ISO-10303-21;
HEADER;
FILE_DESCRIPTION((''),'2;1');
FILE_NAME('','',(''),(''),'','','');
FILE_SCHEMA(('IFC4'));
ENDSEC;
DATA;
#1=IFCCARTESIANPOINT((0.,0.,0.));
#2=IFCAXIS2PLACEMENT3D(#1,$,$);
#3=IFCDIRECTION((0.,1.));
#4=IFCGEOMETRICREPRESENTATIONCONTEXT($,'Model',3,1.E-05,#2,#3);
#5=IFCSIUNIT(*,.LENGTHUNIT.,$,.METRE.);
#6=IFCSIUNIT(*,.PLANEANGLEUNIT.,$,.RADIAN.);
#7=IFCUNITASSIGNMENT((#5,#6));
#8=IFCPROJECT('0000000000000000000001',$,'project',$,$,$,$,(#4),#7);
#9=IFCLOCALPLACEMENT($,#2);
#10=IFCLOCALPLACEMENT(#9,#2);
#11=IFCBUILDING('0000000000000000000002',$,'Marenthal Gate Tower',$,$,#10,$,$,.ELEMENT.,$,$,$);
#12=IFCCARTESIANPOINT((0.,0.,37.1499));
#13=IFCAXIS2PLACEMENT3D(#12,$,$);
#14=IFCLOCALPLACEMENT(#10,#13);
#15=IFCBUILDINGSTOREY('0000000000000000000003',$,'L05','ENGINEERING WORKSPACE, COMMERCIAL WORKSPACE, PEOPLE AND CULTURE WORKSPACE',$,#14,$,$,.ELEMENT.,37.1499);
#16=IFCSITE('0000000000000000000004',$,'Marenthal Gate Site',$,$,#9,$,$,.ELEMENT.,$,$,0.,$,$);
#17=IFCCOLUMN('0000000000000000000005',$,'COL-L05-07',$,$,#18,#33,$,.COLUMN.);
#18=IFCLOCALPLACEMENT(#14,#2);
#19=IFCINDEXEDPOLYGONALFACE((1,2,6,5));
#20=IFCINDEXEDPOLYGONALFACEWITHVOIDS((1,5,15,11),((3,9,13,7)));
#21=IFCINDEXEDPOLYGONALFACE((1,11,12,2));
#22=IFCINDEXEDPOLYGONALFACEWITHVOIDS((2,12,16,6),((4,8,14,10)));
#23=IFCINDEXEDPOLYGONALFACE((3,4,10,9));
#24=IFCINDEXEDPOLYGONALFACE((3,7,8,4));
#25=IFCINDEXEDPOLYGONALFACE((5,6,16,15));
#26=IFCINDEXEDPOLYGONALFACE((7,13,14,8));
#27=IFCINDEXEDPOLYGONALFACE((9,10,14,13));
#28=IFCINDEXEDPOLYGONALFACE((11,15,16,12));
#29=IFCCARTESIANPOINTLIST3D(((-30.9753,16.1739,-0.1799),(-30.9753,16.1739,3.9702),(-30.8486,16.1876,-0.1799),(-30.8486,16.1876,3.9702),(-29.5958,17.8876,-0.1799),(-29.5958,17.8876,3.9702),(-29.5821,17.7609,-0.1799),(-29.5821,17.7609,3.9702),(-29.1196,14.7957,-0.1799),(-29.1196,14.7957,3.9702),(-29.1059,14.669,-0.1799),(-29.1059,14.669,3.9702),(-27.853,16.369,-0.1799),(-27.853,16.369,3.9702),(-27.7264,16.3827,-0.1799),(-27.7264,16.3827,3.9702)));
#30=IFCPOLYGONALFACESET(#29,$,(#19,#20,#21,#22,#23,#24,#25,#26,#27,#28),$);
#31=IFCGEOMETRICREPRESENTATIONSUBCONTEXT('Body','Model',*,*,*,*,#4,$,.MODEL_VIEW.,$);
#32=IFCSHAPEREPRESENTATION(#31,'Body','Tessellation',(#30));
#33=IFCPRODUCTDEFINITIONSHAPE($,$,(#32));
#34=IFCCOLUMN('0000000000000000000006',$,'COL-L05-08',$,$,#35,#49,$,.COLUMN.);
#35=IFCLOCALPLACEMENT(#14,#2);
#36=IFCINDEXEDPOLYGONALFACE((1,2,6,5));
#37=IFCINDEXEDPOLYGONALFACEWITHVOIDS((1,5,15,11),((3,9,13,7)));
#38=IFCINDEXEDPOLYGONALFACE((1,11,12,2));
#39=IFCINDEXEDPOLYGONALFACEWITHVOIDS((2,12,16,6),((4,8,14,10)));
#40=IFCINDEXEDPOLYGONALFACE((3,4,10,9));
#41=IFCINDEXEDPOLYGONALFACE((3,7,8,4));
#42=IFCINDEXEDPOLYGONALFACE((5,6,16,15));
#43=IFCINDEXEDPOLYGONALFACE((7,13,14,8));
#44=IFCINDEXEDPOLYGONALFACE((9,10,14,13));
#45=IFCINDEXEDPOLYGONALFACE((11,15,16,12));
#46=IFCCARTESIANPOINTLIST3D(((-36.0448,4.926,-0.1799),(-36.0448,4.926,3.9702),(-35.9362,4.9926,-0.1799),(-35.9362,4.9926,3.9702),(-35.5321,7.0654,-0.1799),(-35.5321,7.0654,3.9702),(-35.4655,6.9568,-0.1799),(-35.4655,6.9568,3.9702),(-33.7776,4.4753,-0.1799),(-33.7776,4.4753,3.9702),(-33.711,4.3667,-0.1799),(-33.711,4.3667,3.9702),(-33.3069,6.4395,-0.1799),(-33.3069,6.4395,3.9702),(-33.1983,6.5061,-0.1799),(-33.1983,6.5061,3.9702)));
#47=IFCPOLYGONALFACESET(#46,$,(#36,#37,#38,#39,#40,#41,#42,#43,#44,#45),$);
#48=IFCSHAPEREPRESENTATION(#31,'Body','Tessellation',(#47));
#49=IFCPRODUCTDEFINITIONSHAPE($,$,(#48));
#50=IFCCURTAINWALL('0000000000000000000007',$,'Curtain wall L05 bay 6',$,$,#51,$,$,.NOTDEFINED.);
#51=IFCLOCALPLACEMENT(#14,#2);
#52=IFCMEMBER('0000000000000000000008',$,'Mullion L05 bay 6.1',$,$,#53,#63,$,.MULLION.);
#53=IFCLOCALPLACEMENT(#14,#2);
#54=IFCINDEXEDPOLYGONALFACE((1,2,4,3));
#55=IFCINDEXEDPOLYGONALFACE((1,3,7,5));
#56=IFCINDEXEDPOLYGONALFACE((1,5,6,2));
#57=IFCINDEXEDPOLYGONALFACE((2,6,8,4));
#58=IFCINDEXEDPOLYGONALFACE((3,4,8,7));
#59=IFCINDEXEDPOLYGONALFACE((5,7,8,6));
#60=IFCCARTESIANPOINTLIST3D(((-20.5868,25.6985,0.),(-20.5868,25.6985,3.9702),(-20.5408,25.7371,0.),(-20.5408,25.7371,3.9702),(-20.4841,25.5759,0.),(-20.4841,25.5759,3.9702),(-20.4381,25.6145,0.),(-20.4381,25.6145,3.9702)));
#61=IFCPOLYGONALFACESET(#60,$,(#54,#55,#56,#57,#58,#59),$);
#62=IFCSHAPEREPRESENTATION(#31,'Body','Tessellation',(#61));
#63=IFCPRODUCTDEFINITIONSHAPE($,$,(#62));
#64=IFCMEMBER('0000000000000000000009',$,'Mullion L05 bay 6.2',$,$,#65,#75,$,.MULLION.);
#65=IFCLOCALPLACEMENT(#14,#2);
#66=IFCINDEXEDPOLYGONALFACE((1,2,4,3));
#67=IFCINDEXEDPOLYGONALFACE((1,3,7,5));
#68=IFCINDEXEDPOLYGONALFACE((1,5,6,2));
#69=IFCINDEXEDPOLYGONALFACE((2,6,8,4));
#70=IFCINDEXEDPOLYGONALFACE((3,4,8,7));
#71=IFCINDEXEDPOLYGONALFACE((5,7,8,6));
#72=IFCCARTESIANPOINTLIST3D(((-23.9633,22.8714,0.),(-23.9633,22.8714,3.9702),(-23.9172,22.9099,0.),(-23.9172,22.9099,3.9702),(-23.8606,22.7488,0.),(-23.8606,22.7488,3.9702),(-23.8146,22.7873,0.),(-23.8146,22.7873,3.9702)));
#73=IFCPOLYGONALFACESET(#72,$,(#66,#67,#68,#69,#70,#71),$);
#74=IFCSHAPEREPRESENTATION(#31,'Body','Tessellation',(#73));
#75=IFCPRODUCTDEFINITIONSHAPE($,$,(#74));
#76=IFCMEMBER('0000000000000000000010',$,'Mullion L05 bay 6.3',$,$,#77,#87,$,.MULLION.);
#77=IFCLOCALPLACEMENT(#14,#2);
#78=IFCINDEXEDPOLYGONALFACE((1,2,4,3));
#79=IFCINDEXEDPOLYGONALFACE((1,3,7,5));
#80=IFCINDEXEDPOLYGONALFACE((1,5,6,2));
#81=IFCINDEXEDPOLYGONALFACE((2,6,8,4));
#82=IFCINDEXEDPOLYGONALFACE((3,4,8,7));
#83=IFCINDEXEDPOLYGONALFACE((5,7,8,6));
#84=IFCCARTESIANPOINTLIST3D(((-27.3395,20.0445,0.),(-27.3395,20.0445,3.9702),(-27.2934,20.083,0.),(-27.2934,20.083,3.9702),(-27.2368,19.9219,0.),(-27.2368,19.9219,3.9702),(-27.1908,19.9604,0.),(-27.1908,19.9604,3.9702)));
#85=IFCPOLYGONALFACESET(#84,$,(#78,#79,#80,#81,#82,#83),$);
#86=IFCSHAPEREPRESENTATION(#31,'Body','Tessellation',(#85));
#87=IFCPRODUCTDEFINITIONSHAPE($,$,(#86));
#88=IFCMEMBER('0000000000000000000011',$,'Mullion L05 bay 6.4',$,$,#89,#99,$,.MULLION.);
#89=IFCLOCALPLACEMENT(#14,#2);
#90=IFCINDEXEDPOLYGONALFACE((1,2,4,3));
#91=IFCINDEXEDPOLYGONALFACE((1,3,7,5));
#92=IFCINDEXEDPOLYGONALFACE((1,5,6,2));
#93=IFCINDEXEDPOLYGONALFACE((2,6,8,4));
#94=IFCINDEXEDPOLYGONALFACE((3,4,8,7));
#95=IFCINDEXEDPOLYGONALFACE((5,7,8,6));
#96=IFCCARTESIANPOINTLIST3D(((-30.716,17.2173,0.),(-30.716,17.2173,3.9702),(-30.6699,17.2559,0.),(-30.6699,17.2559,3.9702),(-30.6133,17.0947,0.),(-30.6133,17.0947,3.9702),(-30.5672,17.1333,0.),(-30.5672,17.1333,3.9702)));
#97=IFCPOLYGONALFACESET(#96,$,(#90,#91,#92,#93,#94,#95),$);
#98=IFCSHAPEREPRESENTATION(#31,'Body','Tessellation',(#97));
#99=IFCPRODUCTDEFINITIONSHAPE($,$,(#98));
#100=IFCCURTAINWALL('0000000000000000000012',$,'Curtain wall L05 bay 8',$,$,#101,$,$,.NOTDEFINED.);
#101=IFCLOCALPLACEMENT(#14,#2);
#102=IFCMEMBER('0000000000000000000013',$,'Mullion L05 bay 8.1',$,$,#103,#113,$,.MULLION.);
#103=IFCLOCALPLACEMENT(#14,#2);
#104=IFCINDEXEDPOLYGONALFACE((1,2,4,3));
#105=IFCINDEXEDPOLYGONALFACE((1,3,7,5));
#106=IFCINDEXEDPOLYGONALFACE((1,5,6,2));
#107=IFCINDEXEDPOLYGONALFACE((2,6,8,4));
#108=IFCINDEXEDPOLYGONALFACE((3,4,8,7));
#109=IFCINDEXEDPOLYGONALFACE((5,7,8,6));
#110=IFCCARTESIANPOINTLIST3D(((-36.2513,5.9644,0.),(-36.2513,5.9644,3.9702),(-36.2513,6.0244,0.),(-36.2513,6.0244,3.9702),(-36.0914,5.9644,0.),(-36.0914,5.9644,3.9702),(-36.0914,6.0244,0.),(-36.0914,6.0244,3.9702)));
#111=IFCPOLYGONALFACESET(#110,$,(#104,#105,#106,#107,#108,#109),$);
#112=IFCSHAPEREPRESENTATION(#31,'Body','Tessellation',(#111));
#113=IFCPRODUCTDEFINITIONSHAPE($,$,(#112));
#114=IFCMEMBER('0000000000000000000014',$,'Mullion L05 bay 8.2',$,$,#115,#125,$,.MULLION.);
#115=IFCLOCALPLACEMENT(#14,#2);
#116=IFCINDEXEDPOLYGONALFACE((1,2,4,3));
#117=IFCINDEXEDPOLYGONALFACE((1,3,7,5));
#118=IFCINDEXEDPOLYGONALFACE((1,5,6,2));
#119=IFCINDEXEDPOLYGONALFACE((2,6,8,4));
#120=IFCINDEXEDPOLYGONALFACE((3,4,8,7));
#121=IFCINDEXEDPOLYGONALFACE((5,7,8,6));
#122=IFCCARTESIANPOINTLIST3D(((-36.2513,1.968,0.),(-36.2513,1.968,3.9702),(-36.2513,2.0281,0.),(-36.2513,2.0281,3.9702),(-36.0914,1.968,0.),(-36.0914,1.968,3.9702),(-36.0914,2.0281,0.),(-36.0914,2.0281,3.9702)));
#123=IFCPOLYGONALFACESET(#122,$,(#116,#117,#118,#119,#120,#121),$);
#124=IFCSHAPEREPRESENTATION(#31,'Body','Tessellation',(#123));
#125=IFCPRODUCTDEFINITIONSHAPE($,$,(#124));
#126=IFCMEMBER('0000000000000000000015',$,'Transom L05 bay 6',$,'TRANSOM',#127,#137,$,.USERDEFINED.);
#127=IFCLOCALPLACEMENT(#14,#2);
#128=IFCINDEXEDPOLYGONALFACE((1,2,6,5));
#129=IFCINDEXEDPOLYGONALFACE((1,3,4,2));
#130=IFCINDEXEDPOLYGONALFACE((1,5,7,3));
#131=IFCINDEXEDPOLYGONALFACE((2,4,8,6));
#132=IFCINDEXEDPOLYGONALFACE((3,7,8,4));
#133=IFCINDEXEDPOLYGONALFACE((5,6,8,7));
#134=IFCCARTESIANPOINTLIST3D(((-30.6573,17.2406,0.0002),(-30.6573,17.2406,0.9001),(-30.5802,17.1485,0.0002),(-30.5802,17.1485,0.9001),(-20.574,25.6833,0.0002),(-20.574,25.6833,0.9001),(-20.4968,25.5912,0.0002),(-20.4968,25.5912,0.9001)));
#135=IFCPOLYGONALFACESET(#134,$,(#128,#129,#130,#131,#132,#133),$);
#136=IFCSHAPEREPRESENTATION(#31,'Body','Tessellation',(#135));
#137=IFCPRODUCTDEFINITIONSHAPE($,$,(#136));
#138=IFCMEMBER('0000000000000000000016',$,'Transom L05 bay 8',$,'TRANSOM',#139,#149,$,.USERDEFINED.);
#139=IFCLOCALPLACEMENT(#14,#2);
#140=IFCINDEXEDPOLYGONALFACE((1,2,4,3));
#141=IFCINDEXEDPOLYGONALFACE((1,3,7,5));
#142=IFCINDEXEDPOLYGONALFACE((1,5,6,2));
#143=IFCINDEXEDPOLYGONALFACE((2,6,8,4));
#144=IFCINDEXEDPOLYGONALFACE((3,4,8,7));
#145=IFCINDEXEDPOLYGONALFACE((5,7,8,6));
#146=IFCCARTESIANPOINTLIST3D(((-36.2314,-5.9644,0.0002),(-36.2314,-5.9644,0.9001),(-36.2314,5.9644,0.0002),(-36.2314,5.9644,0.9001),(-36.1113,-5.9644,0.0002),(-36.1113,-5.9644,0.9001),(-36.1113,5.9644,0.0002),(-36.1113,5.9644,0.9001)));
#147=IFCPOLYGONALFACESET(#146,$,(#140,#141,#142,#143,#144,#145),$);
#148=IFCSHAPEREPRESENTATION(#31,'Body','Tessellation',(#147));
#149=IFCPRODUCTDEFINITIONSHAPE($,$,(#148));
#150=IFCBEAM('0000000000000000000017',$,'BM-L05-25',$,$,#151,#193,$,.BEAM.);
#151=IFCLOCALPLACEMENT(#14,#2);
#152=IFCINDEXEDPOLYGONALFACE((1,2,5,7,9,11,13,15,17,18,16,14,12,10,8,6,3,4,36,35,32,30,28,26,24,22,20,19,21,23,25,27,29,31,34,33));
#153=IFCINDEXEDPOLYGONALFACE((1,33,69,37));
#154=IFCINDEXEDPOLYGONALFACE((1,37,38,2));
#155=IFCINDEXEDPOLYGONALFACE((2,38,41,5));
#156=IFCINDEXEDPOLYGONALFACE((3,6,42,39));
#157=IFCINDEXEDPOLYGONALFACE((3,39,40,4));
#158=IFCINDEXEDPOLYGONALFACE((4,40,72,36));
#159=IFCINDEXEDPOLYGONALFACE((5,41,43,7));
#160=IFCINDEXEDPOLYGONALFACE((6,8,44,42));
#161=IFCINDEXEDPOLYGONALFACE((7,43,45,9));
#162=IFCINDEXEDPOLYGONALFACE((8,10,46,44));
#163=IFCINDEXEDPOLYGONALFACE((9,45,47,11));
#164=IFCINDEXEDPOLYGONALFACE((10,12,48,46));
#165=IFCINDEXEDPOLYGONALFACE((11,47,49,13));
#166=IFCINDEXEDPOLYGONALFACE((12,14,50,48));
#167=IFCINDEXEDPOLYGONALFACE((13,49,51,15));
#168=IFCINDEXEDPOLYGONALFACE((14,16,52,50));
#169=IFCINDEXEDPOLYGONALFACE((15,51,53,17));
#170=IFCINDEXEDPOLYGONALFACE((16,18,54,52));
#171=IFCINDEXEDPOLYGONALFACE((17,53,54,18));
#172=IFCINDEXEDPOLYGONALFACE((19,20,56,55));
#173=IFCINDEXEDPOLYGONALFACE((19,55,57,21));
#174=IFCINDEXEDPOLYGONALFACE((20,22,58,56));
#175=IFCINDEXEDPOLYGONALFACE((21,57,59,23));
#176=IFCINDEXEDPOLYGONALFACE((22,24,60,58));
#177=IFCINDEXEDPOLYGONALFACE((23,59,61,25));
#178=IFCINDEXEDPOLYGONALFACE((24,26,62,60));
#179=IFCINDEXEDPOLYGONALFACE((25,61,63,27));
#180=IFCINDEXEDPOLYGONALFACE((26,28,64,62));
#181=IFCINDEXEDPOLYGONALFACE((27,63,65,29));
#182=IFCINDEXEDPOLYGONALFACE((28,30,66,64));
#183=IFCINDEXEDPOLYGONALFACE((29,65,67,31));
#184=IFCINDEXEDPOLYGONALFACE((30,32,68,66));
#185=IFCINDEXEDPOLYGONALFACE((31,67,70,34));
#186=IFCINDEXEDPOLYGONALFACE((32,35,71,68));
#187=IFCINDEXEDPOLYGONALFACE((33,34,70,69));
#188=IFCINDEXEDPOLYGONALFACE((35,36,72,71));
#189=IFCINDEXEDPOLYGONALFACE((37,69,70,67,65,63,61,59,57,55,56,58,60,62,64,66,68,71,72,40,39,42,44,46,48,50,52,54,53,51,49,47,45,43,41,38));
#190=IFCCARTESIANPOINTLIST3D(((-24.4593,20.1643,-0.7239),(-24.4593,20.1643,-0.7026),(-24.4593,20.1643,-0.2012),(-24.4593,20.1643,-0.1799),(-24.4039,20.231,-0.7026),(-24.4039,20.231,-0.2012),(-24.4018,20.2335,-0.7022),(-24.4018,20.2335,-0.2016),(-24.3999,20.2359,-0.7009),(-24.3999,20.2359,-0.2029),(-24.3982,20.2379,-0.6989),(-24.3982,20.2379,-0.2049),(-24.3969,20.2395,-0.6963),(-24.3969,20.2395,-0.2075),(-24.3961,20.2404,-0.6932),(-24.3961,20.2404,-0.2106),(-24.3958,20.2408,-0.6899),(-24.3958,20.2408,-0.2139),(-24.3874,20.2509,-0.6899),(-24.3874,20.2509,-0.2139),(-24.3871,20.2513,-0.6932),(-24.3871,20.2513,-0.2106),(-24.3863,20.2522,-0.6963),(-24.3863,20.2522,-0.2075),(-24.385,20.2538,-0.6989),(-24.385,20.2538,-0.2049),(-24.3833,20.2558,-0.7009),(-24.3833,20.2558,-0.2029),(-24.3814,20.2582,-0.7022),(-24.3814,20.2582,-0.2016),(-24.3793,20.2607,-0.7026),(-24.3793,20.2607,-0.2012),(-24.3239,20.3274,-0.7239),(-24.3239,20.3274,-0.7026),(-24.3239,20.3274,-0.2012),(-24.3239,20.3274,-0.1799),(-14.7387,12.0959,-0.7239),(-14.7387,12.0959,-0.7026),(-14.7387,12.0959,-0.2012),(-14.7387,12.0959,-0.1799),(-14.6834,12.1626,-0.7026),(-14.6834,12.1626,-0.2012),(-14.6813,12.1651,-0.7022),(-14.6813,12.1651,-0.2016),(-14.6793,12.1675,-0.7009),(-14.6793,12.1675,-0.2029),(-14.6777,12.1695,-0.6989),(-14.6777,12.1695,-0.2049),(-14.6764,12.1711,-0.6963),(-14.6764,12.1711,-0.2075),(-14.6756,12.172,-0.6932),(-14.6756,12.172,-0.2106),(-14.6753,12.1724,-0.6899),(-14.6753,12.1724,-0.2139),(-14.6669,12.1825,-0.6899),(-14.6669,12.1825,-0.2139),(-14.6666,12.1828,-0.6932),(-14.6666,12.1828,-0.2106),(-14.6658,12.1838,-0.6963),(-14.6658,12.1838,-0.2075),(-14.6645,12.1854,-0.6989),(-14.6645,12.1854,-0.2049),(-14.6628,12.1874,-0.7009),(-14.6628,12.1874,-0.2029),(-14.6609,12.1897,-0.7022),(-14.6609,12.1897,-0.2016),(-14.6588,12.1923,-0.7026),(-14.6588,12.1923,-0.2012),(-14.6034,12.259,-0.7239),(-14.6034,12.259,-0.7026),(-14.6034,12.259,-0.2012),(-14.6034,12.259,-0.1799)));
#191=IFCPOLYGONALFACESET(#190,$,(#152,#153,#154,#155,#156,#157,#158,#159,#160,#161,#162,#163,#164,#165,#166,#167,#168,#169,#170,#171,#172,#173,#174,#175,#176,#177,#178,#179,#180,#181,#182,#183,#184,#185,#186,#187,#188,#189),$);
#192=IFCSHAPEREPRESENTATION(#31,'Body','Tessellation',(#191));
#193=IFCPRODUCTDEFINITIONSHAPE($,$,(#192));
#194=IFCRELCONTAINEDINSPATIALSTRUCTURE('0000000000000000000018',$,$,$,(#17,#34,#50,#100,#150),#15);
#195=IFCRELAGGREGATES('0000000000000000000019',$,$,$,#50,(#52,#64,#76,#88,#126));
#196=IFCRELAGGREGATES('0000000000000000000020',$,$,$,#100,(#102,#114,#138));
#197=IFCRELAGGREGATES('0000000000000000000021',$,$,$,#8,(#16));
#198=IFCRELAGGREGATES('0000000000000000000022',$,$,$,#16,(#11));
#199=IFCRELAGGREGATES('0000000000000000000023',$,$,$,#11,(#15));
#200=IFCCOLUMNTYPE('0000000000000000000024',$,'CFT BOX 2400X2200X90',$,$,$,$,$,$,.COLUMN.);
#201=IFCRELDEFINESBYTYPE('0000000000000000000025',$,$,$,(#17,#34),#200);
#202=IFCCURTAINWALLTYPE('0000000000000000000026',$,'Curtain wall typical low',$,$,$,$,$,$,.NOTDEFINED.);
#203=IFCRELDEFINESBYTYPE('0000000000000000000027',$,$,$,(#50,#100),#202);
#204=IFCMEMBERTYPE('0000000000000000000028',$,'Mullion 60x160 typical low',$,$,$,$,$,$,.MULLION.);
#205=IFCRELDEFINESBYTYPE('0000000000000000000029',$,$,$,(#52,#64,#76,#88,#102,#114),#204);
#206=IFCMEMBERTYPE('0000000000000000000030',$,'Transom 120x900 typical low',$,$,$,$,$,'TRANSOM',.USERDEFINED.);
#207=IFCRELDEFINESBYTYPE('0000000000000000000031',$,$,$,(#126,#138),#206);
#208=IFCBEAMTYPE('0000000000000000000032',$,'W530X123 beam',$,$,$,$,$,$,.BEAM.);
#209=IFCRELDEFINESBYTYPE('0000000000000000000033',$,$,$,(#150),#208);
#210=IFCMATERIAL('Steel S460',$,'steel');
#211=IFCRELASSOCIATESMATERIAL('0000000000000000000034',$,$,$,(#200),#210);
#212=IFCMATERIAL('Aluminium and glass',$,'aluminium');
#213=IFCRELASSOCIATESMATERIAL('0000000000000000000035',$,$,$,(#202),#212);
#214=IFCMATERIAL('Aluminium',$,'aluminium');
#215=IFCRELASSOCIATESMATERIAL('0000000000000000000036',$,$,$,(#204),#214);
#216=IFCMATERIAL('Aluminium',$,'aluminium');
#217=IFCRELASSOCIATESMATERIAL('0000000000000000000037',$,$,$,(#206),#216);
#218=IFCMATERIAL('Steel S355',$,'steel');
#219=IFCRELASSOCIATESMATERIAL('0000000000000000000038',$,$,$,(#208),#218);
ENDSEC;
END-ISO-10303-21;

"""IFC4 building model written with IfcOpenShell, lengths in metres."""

from ifc_helpers import new_model, si_unit, direction, frame, origin, origin_2d, place, context, subcontext, project, spatial, rectangle, hollow_rectangle, i_section, extrude, material, material_profile, profile_set, type_object, element, aggregate, save


model = new_model("IFC4")

# Units and contexts
model_context = context("Model", 3, precision=1e-05, world=origin(), true_north=direction((0.0, 1.0)))
body_context = subcontext(model_context, "Body", "Model", "MODEL_VIEW")
ifc_project = project(units=[si_unit("LENGTHUNIT", "METRE"), si_unit("PLANEANGLEUNIT", "RADIAN")], contexts=[model_context])

# Site, building, storey
site_placement = place(None, origin())
site = spatial("IfcSite", under=ifc_project, at=site_placement, Name="Marenthal Gate Site", CompositionType="ELEMENT", RefElevation=0.0)
building_placement = place(site_placement, origin())
building = spatial("IfcBuilding", under=site, at=building_placement, Name="Marenthal Gate Tower", CompositionType="ELEMENT")
storey_placement = place(building_placement, frame((0.0, 0.0, 37.1499)))
storey = spatial("IfcBuildingStorey", under=building, at=storey_placement, Name="L05", Description="ENGINEERING WORKSPACE, COMMERCIAL WORKSPACE, PEOPLE AND CULTURE WORKSPACE", CompositionType="ELEMENT", Elevation=37.1499)

# Columns
ifc_material_1 = material(Name="Steel S460", Category="steel")
ifc_material_profile_1 = material_profile(ifc_material_1, hollow_rectangle(XDim=2.2, YDim=2.3999, WallThickness=0.0901, at=origin_2d()), Name="CFT BOX 2400X2200X90")
ifc_material_2 = material(Name="Concrete 70 MPa", Category="concrete")
ifc_material_profile_2 = material_profile(ifc_material_2, rectangle(XDim=2.02, YDim=2.22, at=origin_2d()), Name="CFT BOX 2400X2200X90 INFILL")
ifc_profile_set_1 = profile_set([ifc_material_profile_1, ifc_material_profile_2], Name="Steel S460 shell, Concrete 70 MPa infill")
column_type = type_object("IfcColumnType", Name="CFT BOX 2400X2200X90", PredefinedType="COLUMN", material=ifc_profile_set_1)
for number, where, z_axis, x_axis, name in (
    (1, (-29.3508, 16.2783, -0.1799), (0.0, 0.0, 1.0), (0.62707, 0.778963, 0.0), "COL-L05-07"),
    (2, (-34.6216, 5.7161, -0.1799), (0.0, 0.0, 1.0), (0.233047, 0.972466, 0.0), "COL-L05-08"),
):
    element("IfcColumn", number, at=place(storey_placement, frame(where, z_axis=z_axis, x_axis=x_axis)), inside=storey, type_object=column_type, Name=name, PredefinedType="COLUMN", context=body_context, shape_type="SweptSolid", body=[
        extrude(hollow_rectangle(XDim=2.2, YDim=2.3999, WallThickness=0.0901, at=origin_2d()), origin(), (0.0, 0.0, 1.0), 4.1501),
    ])

# Curtain walls, members
ifc_material_3 = material(Name="Aluminium and glass", Category="aluminium")
curtain_wall_type = type_object("IfcCurtainWallType", Name="Curtain wall typical low", PredefinedType="NOTDEFINED", material=ifc_material_3)
curtain_wall_1_placement = place(storey_placement, origin())
curtain_wall_1 = element("IfcCurtainWall", 3, at=curtain_wall_1_placement, inside=storey, type_object=curtain_wall_type, Name="Curtain wall L05 bay 6", PredefinedType="NOTDEFINED")
ifc_material_4 = material(Name="Aluminium", Category="aluminium")
ifc_material_profile_3 = material_profile(ifc_material_4, rectangle(XDim=0.1599, YDim=0.0601, at=origin_2d()), Name="60x160 aluminium mullion")
ifc_profile_set_2 = profile_set([ifc_material_profile_3], Name="Aluminium")
member_type_1 = type_object("IfcMemberType", Name="Mullion 60x160 typical low", PredefinedType="MULLION", material=ifc_profile_set_2)
member_1_placement = place(storey_placement, frame((-20.5125, 25.6565, 0.0), z_axis=(0.0, 0.0, 1.0), x_axis=(0.641982, -0.76672, 0.0)))
member_1 = element("IfcMember", 4, at=member_1_placement, type_object=member_type_1, Name="Mullion L05 bay 6.1", PredefinedType="MULLION", context=body_context, shape_type="SweptSolid", body=[
    extrude(rectangle(XDim=0.1599, YDim=0.0601, at=origin_2d()), origin(), (0.0, 0.0, 1.0), 3.9702),
])
member_2_placement = place(storey_placement, frame((-23.8889, 22.8293, 0.0), z_axis=(0.0, 0.0, 1.0), x_axis=(0.641982, -0.76672, 0.0)))
member_2 = element("IfcMember", 5, at=member_2_placement, type_object=member_type_1, Name="Mullion L05 bay 6.2", PredefinedType="MULLION", context=body_context, shape_type="SweptSolid", body=[
    extrude(rectangle(XDim=0.1599, YDim=0.0601, at=origin_2d()), origin(), (0.0, 0.0, 1.0), 3.9702),
])
member_3_placement = place(storey_placement, frame((-27.2651, 20.0024, 0.0), z_axis=(0.0, 0.0, 1.0), x_axis=(0.641982, -0.76672, 0.0)))
member_3 = element("IfcMember", 6, at=member_3_placement, type_object=member_type_1, Name="Mullion L05 bay 6.3", PredefinedType="MULLION", context=body_context, shape_type="SweptSolid", body=[
    extrude(rectangle(XDim=0.1599, YDim=0.0601, at=origin_2d()), origin(), (0.0, 0.0, 1.0), 3.9702),
])
member_4_placement = place(storey_placement, frame((-30.6416, 17.1753, 0.0), z_axis=(0.0, 0.0, 1.0), x_axis=(0.641982, -0.76672, 0.0)))
member_4 = element("IfcMember", 7, at=member_4_placement, type_object=member_type_1, Name="Mullion L05 bay 6.4", PredefinedType="MULLION", context=body_context, shape_type="SweptSolid", body=[
    extrude(rectangle(XDim=0.1599, YDim=0.0601, at=origin_2d()), origin(), (0.0, 0.0, 1.0), 3.9702),
])
curtain_wall_2_placement = place(storey_placement, origin())
curtain_wall_2 = element("IfcCurtainWall", 8, at=curtain_wall_2_placement, inside=storey, type_object=curtain_wall_type, Name="Curtain wall L05 bay 8", PredefinedType="NOTDEFINED")
member_5_placement = place(storey_placement, frame((-36.1714, 5.9944, 0.0), z_axis=(0.0, 0.0, 1.0), x_axis=(1.0, 0.0, 0.0)))
member_5 = element("IfcMember", 9, at=member_5_placement, type_object=member_type_1, Name="Mullion L05 bay 8.1", PredefinedType="MULLION", context=body_context, shape_type="SweptSolid", body=[
    extrude(rectangle(XDim=0.1599, YDim=0.0601, at=origin_2d()), origin(), (0.0, 0.0, 1.0), 3.9702),
])
member_6_placement = place(storey_placement, frame((-36.1714, 1.998, 0.0), z_axis=(0.0, 0.0, 1.0), x_axis=(1.0, 0.0, 0.0)))
member_6 = element("IfcMember", 10, at=member_6_placement, type_object=member_type_1, Name="Mullion L05 bay 8.2", PredefinedType="MULLION", context=body_context, shape_type="SweptSolid", body=[
    extrude(rectangle(XDim=0.1599, YDim=0.0601, at=origin_2d()), origin(), (0.0, 0.0, 1.0), 3.9702),
])

# Members
ifc_material_5 = material(Name="Aluminium", Category="aluminium")
ifc_material_profile_4 = material_profile(ifc_material_5, rectangle(XDim=0.1201, YDim=0.8999, at=origin_2d()), Name="120x900 aluminium transom")
ifc_profile_set_3 = profile_set([ifc_material_profile_4], Name="Aluminium")
member_type_2 = type_object("IfcMemberType", Name="Transom 120x900 typical low", ElementType="TRANSOM", PredefinedType="USERDEFINED", material=ifc_profile_set_3)
member_7_placement = place(storey_placement, frame((-20.5354, 25.6372, 0.4502), z_axis=(-0.766726, -0.641974, 0.0), x_axis=(0.641974, -0.766726, 0.0)))
member_7 = element("IfcMember", 11, at=member_7_placement, type_object=member_type_2, Name="Transom L05 bay 6", ObjectType="TRANSOM", PredefinedType="USERDEFINED", context=body_context, shape_type="SweptSolid", body=[
    extrude(rectangle(XDim=0.1201, YDim=0.8999, at=origin_2d()), origin(), (0.0, 0.0, 1.0), 13.1511),
])
member_8_placement = place(storey_placement, frame((-36.1714, 5.9644, 0.4502), z_axis=(0.0, -1.0, 0.0), x_axis=(1.0, 0.0, 0.0)))
member_8 = element("IfcMember", 12, at=member_8_placement, type_object=member_type_2, Name="Transom L05 bay 8", ObjectType="TRANSOM", PredefinedType="USERDEFINED", context=body_context, shape_type="SweptSolid", body=[
    extrude(rectangle(XDim=0.1201, YDim=0.8999, at=origin_2d()), origin(), (0.0, 0.0, 1.0), 11.9287),
])

# Beam
ifc_material_6 = material(Name="Steel S355", Category="steel")
ifc_material_profile_5 = material_profile(ifc_material_6, i_section(OverallWidth=0.2119, OverallDepth=0.5439, WebThickness=0.0132, FlangeThickness=0.0212, FilletRadius=0.0127, at=origin_2d()), Name="W530X123")
ifc_profile_set_4 = profile_set([ifc_material_profile_5], Name="Steel S355")
beam_type_1 = type_object("IfcBeamType", Name="W530X123 beam", PredefinedType="BEAM", material=ifc_profile_set_4)
beam_1_placement = place(storey_placement, frame((-24.3916, 20.2458, -0.4519), z_axis=(0.769467, -0.638687, 0.0), x_axis=(0.638687, 0.769467, 0.0)))
element("IfcBeam", 13, at=beam_1_placement, inside=storey, type_object=beam_type_1, Name="BM-L05-25", PredefinedType="BEAM", context=body_context, shape_type="SweptSolid", body=[
    extrude(i_section(OverallWidth=0.2119, OverallDepth=0.5439, WebThickness=0.0132, FlangeThickness=0.0212, FilletRadius=0.0127, at=origin_2d()), origin(), (0.0, 0.0, 1.0), 12.6328),
])

aggregate(curtain_wall_1, [member_1, member_2, member_3, member_4, member_7])
aggregate(curtain_wall_2, [member_5, member_6, member_8])

save(model, "model.ifc")
